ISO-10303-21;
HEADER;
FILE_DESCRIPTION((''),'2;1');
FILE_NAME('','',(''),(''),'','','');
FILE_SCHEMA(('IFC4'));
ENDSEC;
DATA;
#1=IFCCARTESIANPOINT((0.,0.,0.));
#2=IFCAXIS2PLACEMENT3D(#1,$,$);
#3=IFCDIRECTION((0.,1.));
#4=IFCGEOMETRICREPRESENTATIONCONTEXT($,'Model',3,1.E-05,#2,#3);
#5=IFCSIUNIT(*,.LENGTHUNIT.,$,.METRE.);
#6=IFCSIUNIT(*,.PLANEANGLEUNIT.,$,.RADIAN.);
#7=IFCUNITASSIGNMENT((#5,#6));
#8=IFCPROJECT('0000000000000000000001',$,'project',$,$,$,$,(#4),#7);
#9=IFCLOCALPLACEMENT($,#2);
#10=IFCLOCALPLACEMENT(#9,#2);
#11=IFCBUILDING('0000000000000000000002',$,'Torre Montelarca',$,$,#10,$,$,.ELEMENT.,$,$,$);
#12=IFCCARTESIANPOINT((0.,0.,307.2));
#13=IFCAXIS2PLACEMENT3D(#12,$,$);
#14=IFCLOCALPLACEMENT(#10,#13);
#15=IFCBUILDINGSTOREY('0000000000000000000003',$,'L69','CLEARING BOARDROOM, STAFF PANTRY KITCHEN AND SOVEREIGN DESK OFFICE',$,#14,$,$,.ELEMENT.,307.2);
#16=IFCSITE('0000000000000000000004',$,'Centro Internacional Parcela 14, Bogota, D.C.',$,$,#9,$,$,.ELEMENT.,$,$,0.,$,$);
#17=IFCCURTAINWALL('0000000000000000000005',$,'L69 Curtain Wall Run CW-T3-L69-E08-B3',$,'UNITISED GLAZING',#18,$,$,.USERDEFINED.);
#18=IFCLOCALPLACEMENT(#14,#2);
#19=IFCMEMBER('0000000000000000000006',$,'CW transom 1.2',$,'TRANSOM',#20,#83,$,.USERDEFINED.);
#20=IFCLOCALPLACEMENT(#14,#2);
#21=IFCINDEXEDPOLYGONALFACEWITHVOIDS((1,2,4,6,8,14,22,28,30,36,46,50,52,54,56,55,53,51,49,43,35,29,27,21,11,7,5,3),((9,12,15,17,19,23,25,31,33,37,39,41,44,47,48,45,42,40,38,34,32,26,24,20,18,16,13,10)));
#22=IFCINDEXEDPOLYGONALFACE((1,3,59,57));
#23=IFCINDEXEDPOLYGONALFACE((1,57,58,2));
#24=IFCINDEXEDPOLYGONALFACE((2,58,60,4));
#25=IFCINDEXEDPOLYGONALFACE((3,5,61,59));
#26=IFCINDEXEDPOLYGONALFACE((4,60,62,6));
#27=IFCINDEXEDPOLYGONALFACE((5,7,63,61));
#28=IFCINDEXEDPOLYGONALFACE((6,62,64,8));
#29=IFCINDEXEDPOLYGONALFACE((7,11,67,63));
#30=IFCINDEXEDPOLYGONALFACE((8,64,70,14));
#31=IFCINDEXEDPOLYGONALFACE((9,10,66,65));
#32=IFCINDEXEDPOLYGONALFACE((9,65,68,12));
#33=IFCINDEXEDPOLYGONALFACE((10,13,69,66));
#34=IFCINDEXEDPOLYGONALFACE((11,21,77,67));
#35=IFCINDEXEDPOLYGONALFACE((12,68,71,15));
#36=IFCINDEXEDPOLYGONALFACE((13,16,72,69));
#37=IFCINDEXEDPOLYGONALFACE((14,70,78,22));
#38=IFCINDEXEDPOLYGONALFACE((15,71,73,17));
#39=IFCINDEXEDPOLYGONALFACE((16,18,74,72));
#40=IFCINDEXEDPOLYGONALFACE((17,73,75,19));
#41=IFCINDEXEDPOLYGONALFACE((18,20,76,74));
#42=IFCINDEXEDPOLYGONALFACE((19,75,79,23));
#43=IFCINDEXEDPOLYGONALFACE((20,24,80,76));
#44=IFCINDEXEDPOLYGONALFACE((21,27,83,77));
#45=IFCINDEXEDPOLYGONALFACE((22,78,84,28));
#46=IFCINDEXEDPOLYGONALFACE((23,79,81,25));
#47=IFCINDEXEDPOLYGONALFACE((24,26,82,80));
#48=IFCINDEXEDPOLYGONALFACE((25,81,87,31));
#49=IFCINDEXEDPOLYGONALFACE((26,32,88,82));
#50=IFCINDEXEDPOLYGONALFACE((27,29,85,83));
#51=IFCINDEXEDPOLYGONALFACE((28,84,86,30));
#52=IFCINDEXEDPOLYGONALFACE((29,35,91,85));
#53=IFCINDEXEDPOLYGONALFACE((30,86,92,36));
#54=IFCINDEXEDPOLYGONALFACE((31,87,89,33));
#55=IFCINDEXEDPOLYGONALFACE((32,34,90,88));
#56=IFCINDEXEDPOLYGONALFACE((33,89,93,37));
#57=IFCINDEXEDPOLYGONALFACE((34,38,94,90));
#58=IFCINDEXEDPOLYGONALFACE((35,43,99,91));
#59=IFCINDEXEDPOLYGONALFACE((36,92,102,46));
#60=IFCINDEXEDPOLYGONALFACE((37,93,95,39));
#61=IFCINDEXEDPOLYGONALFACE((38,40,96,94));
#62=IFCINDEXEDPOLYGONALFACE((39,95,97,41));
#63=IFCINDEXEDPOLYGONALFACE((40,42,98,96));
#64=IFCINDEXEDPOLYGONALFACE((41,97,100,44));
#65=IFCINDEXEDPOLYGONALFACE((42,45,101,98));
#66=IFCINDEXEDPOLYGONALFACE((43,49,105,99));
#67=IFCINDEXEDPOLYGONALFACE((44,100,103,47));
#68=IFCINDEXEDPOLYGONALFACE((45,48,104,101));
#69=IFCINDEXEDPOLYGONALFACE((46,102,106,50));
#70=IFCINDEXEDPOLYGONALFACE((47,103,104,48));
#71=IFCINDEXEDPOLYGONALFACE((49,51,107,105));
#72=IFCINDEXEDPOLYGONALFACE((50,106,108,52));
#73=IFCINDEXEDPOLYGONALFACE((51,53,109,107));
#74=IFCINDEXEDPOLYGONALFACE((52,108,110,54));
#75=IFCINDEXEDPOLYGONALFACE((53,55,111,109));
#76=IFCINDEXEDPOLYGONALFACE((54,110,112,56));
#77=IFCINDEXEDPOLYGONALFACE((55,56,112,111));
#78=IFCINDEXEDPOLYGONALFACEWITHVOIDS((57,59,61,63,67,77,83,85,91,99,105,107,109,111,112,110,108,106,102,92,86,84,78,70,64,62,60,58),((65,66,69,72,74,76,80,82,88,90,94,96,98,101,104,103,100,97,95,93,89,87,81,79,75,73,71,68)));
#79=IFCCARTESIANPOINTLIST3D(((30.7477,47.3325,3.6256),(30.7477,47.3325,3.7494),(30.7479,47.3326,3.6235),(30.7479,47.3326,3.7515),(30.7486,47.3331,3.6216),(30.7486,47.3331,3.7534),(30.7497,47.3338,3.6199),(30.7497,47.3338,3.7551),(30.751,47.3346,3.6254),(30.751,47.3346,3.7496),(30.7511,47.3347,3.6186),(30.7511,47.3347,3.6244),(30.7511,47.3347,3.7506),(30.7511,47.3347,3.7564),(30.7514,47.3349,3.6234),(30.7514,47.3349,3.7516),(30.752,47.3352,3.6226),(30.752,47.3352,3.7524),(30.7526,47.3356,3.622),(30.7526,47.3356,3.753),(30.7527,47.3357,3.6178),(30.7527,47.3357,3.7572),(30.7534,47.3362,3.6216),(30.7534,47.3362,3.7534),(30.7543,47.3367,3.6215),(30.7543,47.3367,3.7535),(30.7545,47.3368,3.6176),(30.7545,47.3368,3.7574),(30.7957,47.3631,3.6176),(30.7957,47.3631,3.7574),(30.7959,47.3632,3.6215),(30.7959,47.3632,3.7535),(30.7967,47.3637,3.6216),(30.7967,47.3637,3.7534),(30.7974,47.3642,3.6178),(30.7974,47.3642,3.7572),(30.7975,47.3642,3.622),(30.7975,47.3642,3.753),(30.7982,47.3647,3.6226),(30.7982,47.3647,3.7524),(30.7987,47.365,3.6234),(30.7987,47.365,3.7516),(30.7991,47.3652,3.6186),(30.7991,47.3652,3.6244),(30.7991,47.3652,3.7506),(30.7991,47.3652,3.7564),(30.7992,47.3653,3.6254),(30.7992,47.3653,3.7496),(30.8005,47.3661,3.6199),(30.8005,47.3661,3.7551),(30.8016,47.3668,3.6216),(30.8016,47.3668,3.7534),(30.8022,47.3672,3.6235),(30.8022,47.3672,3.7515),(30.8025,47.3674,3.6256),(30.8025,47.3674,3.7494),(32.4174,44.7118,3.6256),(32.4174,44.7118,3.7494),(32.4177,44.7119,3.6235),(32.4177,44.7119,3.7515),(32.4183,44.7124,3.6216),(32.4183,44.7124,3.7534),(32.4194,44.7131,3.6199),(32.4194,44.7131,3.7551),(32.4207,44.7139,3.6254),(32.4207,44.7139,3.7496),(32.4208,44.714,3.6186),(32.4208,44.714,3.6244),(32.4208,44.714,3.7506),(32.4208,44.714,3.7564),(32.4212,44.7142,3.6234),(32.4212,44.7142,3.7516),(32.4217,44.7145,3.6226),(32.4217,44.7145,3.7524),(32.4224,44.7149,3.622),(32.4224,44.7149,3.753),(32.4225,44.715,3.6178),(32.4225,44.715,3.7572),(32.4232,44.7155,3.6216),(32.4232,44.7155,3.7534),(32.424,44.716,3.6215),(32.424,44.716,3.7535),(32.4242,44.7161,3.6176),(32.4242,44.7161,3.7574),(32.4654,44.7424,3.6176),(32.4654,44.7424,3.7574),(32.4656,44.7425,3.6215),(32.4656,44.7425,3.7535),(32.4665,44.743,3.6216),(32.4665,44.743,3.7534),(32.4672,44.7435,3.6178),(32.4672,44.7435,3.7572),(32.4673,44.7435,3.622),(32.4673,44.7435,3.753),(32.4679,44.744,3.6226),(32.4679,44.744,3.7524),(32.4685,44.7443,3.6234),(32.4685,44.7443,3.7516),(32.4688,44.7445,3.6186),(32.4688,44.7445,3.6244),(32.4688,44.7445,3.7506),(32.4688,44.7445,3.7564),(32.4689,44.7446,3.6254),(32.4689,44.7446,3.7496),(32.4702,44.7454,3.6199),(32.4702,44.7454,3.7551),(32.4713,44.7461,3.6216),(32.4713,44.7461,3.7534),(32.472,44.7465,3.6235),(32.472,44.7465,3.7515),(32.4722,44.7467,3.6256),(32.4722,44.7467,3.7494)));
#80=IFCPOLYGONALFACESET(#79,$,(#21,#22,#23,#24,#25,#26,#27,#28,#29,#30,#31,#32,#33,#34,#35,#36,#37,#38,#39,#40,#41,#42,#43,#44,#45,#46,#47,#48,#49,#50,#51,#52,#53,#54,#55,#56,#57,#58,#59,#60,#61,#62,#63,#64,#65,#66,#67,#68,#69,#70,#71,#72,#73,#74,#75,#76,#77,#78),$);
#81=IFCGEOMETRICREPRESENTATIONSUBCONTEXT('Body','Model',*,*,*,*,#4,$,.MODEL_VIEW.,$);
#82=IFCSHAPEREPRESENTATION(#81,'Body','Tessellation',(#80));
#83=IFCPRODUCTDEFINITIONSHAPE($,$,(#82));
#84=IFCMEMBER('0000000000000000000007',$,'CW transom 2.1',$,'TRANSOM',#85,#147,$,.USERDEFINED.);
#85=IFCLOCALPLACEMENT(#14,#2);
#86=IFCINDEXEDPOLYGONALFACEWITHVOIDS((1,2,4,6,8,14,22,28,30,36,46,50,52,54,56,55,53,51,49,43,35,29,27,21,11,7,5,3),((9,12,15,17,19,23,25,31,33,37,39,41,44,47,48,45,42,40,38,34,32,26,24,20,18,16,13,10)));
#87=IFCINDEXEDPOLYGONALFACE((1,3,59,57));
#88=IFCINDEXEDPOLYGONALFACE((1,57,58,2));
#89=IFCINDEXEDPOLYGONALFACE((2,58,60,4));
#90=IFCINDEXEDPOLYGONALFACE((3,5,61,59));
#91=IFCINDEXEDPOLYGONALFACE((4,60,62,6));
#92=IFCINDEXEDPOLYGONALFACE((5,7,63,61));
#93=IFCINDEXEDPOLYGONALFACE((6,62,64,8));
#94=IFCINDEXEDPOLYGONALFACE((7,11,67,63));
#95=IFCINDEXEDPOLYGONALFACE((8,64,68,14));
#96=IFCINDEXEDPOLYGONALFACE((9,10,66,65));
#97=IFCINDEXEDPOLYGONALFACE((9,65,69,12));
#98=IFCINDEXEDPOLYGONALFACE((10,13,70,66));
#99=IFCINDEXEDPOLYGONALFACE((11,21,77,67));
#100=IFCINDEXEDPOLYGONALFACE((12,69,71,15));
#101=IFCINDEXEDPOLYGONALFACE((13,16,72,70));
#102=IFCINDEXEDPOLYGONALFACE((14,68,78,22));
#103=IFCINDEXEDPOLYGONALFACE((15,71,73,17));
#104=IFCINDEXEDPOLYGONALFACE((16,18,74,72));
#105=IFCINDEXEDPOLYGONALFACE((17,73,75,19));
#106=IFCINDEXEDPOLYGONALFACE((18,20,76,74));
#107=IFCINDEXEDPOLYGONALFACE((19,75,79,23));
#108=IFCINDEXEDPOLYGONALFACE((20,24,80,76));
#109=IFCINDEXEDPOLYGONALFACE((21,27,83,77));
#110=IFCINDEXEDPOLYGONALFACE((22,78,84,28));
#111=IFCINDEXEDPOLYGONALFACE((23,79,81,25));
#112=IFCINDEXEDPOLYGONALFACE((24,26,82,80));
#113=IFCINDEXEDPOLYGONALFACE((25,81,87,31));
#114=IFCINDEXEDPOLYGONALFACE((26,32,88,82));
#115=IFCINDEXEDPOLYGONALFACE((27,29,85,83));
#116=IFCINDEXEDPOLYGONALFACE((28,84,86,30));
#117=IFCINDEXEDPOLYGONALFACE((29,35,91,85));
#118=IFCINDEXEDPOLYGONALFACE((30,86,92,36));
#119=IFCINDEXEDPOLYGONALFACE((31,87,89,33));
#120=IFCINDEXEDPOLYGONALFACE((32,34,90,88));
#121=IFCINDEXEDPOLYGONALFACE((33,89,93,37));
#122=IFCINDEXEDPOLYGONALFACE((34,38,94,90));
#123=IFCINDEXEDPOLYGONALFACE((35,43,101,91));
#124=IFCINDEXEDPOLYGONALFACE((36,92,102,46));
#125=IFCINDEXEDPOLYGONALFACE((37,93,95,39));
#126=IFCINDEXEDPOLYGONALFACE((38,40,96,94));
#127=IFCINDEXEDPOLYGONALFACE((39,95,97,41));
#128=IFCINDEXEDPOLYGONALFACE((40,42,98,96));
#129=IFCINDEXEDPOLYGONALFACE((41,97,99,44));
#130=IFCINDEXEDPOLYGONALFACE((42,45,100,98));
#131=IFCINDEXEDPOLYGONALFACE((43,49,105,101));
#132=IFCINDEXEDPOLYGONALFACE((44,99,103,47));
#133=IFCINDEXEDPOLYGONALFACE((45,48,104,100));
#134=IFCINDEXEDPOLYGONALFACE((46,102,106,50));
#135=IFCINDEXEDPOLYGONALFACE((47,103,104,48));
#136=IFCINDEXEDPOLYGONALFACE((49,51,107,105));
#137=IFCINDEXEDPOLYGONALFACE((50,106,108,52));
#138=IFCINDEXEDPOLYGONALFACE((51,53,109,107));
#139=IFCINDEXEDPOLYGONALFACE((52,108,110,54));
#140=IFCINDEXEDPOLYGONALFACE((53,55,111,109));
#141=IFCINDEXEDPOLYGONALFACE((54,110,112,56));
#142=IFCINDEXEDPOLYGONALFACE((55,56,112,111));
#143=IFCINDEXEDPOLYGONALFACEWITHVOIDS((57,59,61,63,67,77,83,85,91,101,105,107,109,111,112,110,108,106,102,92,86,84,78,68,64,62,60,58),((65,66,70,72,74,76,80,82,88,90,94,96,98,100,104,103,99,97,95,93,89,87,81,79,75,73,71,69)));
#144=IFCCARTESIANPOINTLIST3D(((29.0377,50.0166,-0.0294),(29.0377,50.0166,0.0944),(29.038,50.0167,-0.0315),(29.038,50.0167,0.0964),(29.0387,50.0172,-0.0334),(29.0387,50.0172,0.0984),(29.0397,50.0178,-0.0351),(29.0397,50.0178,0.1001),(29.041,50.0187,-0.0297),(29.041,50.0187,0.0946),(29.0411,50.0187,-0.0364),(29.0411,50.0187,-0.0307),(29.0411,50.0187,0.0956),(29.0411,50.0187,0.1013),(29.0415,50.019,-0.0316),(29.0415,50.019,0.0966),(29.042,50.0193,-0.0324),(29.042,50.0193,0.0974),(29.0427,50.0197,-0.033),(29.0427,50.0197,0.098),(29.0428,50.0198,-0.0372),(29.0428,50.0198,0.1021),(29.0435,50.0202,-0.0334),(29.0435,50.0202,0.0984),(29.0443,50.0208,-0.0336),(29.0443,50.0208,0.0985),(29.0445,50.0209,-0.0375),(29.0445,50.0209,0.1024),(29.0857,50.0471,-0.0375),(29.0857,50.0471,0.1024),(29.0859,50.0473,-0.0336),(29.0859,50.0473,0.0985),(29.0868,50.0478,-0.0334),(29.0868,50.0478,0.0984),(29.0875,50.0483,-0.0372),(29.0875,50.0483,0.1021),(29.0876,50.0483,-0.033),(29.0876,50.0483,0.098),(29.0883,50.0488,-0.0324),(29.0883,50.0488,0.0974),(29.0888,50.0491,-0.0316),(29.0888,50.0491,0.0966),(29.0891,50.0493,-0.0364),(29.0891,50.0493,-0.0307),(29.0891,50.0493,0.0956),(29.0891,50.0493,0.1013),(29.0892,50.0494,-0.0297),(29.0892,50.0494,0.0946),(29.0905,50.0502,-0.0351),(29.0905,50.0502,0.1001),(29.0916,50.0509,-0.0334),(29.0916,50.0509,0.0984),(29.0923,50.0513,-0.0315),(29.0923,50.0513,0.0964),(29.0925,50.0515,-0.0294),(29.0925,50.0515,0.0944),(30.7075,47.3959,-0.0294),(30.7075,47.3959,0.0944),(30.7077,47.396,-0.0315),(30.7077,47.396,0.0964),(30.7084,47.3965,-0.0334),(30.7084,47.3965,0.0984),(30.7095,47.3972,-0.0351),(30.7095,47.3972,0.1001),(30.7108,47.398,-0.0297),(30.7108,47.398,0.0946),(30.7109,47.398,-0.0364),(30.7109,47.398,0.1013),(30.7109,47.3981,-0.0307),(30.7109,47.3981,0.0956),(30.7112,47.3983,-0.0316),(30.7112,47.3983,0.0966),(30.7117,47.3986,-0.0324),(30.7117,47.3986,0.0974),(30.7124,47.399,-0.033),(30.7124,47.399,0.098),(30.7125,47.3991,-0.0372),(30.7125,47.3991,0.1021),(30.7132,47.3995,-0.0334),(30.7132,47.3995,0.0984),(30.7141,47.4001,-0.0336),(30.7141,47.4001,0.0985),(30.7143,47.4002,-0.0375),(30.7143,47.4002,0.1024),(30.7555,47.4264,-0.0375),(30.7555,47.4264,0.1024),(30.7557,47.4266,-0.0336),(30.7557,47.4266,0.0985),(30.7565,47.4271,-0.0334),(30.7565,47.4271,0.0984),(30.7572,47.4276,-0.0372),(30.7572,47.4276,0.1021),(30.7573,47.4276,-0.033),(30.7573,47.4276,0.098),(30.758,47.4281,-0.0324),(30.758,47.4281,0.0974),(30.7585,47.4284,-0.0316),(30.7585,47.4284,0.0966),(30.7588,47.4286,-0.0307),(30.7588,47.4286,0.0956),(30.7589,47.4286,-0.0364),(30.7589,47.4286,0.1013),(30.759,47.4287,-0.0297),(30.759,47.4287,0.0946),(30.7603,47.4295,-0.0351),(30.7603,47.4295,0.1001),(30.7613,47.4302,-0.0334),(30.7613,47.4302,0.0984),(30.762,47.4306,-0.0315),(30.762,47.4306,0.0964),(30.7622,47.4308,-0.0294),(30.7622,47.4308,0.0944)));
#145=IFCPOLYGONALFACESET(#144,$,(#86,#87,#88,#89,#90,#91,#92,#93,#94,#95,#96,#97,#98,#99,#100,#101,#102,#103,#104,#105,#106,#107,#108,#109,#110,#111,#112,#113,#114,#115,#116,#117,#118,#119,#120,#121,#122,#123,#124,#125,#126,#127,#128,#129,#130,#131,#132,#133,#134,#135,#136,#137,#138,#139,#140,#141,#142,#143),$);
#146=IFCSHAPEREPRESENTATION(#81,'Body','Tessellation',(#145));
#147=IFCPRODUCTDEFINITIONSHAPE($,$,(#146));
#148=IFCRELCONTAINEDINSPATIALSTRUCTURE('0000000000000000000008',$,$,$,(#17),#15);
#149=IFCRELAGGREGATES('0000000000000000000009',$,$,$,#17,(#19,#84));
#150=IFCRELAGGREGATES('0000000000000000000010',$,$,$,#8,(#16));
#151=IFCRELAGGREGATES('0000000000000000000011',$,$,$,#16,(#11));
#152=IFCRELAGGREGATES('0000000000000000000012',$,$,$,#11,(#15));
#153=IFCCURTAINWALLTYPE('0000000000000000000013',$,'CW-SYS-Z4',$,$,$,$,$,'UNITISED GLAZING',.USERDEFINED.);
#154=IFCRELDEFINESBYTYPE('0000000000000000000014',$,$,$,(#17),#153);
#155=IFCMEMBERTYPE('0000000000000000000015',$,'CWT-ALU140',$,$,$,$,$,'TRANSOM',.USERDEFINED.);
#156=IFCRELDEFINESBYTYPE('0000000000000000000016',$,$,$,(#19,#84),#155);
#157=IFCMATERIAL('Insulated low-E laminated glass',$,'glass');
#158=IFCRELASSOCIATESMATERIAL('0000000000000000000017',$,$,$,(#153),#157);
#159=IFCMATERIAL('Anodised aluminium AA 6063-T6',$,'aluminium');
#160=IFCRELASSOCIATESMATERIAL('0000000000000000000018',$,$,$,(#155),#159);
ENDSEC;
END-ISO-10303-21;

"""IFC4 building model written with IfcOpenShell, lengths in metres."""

from ifc_helpers import new_model, si_unit, direction, frame, origin, origin_2d, place, context, subcontext, project, spatial, hollow_rectangle, extrude, source, transform, mapped, material, material_profile, profile_set, type_object, element, aggregate, save


model = new_model("IFC4")

# Units and contexts
model_context = context("Model", 3, precision=1e-05, world=origin(), true_north=direction((0.0, 1.0)))
body_context = subcontext(model_context, "Body", "Model", "MODEL_VIEW")
ifc_project = project(units=[si_unit("LENGTHUNIT", "METRE"), si_unit("PLANEANGLEUNIT", "RADIAN")], contexts=[model_context])

# Site, building, storey
site_placement = place(None, origin())
site = spatial("IfcSite", under=ifc_project, at=site_placement, Name="Centro Internacional Parcela 14, Bogota, D.C.", CompositionType="ELEMENT", RefElevation=0.0)
building_placement = place(site_placement, origin())
building = spatial("IfcBuilding", under=site, at=building_placement, Name="Torre Montelarca", CompositionType="ELEMENT")
storey_placement = place(building_placement, frame((0.0, 0.0, 307.2)))
storey = spatial("IfcBuildingStorey", under=building, at=storey_placement, Name="L69", Description="CLEARING BOARDROOM, STAFF PANTRY KITCHEN AND SOVEREIGN DESK OFFICE", CompositionType="ELEMENT", Elevation=307.2)

# Shared definitions
ifc_material_1 = material(Name="Insulated low-E laminated glass", Category="glass")
curtain_wall_type = type_object("IfcCurtainWallType", Name="CW-SYS-Z4", ElementType="UNITISED GLAZING", PredefinedType="USERDEFINED", material=ifc_material_1)
ifc_material_2 = material(Name="Anodised aluminium AA 6063-T6", Category="aluminium")

# Curtain wall
curtain_wall_1_placement = place(storey_placement, origin())
curtain_wall_1 = element("IfcCurtainWall", 1, at=curtain_wall_1_placement, inside=storey, type_object=curtain_wall_type, Name="L69 Curtain Wall Run CW-T3-L69-E08-B3", ObjectType="UNITISED GLAZING", PredefinedType="USERDEFINED")

# Members
ifc_material_profile_1 = material_profile(ifc_material_2, hollow_rectangle(XDim=0.0649, YDim=0.1399, WallThickness=0.0039, InnerFilletRadius=0.0039, OuterFilletRadius=0.0081, at=origin_2d()), Name="ALU65X140X4", Category="aluminium")
ifc_profile_set_1 = profile_set([ifc_material_profile_1], Name="Anodised aluminium AA 6063-T6")
member_type_1 = type_object("IfcMemberType", Name="CWT-ALU140", ElementType="TRANSOM", PredefinedType="USERDEFINED", material=ifc_profile_set_1)
shared_shape_1 = source(origin(), body_context, "Body", "SweptSolid", [
    extrude(hollow_rectangle(XDim=0.0649, YDim=0.1399, WallThickness=0.0039, InnerFilletRadius=0.0039, OuterFilletRadius=0.0081, at=origin_2d()), origin(), (0.0, 0.0, 1.0), 3.1074),
])
member_1_placement = place(storey_placement, frame((32.4448, 44.7292, 3.6875), z_axis=(-0.537338, 0.843367, 0.0), x_axis=(-0.843367, -0.537338, 0.0)))
member_1 = element("IfcMember", 2, at=member_1_placement, type_object=member_type_1, Name="CW transom 1.2", ObjectType="TRANSOM", PredefinedType="USERDEFINED", context=body_context, shape_type="MappedRepresentation", body=[
    mapped(shared_shape_1, transform((0.0, 0.0, 0.0), scale=1.0)),
])
member_2_placement = place(storey_placement, frame((30.7349, 47.4133, 0.0325), z_axis=(-0.537338, 0.843367, 0.0), x_axis=(-0.843367, -0.537338, 0.0)))
member_2 = element("IfcMember", 3, at=member_2_placement, type_object=member_type_1, Name="CW transom 2.1", ObjectType="TRANSOM", PredefinedType="USERDEFINED", context=body_context, shape_type="MappedRepresentation", body=[
    mapped(shared_shape_1, transform((0.0, 0.0, 0.0), scale=1.0)),
])

aggregate(curtain_wall_1, [member_1, member_2])

save(model, "model.ifc")
